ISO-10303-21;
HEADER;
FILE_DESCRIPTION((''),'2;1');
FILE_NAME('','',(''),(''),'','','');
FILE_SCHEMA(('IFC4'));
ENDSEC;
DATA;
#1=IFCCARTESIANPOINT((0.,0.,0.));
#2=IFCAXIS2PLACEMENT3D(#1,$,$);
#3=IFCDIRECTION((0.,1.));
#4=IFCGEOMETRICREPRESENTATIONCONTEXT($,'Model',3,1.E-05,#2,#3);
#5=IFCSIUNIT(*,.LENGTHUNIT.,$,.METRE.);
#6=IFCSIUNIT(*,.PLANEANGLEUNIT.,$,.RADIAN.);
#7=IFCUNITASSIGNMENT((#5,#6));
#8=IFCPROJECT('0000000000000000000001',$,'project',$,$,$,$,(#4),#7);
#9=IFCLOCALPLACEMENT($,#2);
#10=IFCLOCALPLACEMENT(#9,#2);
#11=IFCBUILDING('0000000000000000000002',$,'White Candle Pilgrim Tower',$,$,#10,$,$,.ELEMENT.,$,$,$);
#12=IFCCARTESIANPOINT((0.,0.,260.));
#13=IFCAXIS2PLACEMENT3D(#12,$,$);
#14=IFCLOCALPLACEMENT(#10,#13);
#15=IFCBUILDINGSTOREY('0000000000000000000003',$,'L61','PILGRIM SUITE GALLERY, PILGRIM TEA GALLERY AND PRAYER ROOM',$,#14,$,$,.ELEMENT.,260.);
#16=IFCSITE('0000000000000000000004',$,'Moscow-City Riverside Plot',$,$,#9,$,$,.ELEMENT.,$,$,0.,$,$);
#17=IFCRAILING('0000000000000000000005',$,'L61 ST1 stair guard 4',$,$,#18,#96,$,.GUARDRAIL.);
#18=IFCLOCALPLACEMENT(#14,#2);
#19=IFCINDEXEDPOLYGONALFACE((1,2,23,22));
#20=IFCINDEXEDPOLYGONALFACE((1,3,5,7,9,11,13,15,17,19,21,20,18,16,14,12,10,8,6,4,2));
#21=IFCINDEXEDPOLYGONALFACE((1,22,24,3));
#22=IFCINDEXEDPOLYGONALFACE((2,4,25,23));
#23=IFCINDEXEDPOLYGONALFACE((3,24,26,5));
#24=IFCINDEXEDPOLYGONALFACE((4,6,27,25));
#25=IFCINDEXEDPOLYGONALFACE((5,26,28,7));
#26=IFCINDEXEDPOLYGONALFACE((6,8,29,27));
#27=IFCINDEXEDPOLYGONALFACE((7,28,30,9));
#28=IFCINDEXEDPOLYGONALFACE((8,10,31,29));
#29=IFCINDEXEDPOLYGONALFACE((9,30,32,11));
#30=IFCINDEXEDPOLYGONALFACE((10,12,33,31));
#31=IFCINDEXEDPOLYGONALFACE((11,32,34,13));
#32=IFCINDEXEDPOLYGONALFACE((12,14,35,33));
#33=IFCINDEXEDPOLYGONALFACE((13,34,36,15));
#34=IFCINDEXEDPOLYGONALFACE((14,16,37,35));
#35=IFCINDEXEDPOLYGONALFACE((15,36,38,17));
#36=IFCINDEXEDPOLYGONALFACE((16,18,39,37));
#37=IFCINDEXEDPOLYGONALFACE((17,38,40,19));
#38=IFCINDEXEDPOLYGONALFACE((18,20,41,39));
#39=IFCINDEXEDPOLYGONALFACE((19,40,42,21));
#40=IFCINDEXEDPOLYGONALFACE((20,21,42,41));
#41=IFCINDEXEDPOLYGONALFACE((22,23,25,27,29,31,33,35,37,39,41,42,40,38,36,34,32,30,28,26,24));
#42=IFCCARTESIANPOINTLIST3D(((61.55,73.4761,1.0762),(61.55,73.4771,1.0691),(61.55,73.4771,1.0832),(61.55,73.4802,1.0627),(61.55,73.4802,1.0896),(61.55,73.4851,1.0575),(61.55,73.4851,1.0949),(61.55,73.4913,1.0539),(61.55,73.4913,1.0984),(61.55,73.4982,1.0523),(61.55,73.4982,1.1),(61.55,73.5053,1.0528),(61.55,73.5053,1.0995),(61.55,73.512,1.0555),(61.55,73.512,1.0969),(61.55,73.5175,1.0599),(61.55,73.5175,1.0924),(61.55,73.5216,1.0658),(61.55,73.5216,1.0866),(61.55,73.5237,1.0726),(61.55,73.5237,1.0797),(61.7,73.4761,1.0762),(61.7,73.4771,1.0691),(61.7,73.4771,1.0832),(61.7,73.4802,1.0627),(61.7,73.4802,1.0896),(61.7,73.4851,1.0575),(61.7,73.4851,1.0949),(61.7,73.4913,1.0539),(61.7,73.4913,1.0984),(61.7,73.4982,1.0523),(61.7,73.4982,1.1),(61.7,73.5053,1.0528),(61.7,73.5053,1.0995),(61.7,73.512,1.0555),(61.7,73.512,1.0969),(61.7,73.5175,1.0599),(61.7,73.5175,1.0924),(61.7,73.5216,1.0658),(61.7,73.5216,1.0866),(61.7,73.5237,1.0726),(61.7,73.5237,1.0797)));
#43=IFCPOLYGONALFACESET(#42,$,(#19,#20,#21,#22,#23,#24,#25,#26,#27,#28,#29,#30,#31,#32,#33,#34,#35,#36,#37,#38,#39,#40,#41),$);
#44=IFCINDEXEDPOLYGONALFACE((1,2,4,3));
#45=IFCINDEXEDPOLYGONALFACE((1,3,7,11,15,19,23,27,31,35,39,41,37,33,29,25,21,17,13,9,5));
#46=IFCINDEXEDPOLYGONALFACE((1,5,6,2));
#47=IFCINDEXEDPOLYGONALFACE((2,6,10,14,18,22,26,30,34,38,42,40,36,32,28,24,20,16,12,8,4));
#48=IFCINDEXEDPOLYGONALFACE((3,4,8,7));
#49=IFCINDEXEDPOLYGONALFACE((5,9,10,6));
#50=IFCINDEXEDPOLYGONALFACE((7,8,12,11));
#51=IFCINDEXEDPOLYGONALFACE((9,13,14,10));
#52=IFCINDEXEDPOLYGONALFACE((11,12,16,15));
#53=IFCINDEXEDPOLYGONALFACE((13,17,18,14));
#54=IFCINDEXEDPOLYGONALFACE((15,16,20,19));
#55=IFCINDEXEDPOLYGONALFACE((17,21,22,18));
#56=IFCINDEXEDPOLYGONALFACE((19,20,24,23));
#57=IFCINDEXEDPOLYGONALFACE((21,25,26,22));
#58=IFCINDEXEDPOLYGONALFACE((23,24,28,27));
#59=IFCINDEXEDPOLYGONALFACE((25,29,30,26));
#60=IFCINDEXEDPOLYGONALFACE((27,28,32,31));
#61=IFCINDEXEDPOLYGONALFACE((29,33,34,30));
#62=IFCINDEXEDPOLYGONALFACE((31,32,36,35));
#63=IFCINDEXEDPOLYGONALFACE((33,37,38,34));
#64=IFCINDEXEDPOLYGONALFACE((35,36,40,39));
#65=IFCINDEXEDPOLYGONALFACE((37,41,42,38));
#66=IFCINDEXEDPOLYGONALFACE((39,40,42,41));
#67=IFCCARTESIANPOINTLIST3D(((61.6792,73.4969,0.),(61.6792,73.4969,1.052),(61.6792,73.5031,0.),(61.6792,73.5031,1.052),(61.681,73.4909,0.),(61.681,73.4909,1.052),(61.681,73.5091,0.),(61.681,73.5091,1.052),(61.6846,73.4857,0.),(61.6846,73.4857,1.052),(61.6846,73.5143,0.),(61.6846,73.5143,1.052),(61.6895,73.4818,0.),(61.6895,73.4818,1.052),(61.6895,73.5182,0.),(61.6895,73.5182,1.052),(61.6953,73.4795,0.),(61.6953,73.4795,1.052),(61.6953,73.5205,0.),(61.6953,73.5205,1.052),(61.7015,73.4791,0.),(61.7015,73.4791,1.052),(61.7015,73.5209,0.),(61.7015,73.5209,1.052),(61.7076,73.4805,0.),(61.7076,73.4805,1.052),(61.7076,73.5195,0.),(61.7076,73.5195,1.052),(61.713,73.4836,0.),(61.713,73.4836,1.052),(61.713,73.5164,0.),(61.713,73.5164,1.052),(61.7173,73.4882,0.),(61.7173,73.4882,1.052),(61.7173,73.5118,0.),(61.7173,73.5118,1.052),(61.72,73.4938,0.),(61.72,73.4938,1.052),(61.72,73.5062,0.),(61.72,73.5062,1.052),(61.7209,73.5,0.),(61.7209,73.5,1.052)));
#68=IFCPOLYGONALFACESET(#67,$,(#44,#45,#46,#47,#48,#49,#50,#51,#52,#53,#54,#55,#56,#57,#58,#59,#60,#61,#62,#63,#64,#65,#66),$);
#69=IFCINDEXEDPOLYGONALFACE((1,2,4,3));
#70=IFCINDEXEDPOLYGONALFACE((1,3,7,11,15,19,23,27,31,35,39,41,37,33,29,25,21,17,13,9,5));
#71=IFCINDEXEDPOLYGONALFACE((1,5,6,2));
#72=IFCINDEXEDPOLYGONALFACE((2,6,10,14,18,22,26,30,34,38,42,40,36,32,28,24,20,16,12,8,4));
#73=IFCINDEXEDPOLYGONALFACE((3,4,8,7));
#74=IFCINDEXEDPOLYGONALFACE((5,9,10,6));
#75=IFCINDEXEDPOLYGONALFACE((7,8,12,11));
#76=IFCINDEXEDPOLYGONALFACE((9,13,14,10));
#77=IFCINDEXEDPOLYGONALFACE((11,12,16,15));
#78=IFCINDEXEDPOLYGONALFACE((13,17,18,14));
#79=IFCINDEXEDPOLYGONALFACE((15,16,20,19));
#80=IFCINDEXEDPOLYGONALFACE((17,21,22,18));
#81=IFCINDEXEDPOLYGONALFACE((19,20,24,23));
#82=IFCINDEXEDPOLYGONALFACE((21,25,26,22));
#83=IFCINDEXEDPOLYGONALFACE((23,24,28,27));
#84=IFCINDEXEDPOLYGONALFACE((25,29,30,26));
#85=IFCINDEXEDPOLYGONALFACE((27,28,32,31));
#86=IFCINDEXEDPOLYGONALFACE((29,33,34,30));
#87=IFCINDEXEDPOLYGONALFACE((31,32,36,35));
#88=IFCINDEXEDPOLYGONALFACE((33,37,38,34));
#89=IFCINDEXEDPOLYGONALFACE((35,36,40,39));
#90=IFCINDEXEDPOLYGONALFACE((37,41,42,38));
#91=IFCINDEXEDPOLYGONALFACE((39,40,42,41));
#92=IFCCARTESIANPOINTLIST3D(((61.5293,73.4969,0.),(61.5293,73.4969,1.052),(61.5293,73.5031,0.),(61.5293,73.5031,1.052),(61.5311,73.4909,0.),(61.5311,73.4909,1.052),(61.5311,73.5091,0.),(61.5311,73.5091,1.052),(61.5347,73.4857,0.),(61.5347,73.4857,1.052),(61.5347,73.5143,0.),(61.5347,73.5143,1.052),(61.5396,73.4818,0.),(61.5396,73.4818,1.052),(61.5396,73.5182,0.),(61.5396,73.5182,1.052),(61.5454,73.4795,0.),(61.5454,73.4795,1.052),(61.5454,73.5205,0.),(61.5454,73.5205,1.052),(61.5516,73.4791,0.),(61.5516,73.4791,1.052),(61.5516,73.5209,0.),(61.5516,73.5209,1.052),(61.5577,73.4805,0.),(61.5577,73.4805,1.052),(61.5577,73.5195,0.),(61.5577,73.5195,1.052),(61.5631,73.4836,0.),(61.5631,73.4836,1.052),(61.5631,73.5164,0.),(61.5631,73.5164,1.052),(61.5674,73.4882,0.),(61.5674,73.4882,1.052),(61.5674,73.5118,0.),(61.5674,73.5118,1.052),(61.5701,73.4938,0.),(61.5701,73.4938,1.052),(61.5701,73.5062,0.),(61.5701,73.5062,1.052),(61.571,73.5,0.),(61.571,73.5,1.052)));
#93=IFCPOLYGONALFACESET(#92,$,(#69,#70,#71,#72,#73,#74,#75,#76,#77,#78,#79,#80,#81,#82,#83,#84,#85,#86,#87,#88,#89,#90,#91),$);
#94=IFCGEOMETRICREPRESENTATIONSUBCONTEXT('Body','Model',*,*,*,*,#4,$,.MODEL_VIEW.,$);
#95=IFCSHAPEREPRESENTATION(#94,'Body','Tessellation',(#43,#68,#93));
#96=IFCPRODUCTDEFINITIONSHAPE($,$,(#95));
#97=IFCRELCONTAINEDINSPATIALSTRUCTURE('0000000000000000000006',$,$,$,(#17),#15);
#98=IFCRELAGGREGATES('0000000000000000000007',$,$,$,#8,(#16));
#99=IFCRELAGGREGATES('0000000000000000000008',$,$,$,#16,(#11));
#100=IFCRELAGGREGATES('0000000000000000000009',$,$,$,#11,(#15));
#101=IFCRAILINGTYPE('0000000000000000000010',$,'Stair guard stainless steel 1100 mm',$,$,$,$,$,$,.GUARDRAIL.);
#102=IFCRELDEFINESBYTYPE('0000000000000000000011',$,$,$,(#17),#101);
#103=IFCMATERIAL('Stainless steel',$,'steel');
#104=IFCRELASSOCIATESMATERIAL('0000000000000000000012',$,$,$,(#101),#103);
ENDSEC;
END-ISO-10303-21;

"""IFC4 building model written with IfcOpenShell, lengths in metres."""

from ifc_helpers import new_model, si_unit, direction, frame, origin, origin_2d, place, context, subcontext, project, spatial, circle, extrude, material, type_object, element, save


model = new_model("IFC4")

# Units and contexts
model_context = context("Model", 3, precision=1e-05, world=origin(), true_north=direction((0.0, 1.0)))
body_context = subcontext(model_context, "Body", "Model", "MODEL_VIEW")
ifc_project = project(units=[si_unit("LENGTHUNIT", "METRE"), si_unit("PLANEANGLEUNIT", "RADIAN")], contexts=[model_context])

# Site, building, storey
site_placement = place(None, origin())
site = spatial("IfcSite", under=ifc_project, at=site_placement, Name="Moscow-City Riverside Plot", CompositionType="ELEMENT", RefElevation=0.0)
building_placement = place(site_placement, origin())
building = spatial("IfcBuilding", under=site, at=building_placement, Name="White Candle Pilgrim Tower", CompositionType="ELEMENT")
storey_placement = place(building_placement, frame((0.0, 0.0, 260.0)))
storey = spatial("IfcBuildingStorey", under=building, at=storey_placement, Name="L61", Description="PILGRIM SUITE GALLERY, PILGRIM TEA GALLERY AND PRAYER ROOM", CompositionType="ELEMENT", Elevation=260.0)

# Railing
ifc_material_1 = material(Name="Stainless steel", Category="steel")
railing_type_1 = type_object("IfcRailingType", Name="Stair guard stainless steel 1100 mm", PredefinedType="GUARDRAIL", material=ifc_material_1)
railing_1_placement = place(storey_placement, frame((61.7, 73.5, 0.0)))
element("IfcRailing", 1, at=railing_1_placement, inside=storey, type_object=railing_type_1, Name="L61 ST1 stair guard 4", PredefinedType="GUARDRAIL", context=body_context, shape_type="SweptSolid", body=[
    extrude(circle(Radius=0.0239, at=origin_2d()), frame((0.0, 0.0, 1.0762), z_axis=(-1.0, 0.0, 0.0), x_axis=(0.0, -1.0, 0.0)), (0.0, 0.0, 1.0), 0.1499),
    extrude(circle(Radius=0.021, at=origin_2d()), origin(), (0.0, 0.0, 1.0), 1.052),
    extrude(circle(Radius=0.021, at=origin_2d()), frame((-0.1499, 0.0, 0.0)), (0.0, 0.0, 1.0), 1.052),
])

save(model, "model.ifc")
